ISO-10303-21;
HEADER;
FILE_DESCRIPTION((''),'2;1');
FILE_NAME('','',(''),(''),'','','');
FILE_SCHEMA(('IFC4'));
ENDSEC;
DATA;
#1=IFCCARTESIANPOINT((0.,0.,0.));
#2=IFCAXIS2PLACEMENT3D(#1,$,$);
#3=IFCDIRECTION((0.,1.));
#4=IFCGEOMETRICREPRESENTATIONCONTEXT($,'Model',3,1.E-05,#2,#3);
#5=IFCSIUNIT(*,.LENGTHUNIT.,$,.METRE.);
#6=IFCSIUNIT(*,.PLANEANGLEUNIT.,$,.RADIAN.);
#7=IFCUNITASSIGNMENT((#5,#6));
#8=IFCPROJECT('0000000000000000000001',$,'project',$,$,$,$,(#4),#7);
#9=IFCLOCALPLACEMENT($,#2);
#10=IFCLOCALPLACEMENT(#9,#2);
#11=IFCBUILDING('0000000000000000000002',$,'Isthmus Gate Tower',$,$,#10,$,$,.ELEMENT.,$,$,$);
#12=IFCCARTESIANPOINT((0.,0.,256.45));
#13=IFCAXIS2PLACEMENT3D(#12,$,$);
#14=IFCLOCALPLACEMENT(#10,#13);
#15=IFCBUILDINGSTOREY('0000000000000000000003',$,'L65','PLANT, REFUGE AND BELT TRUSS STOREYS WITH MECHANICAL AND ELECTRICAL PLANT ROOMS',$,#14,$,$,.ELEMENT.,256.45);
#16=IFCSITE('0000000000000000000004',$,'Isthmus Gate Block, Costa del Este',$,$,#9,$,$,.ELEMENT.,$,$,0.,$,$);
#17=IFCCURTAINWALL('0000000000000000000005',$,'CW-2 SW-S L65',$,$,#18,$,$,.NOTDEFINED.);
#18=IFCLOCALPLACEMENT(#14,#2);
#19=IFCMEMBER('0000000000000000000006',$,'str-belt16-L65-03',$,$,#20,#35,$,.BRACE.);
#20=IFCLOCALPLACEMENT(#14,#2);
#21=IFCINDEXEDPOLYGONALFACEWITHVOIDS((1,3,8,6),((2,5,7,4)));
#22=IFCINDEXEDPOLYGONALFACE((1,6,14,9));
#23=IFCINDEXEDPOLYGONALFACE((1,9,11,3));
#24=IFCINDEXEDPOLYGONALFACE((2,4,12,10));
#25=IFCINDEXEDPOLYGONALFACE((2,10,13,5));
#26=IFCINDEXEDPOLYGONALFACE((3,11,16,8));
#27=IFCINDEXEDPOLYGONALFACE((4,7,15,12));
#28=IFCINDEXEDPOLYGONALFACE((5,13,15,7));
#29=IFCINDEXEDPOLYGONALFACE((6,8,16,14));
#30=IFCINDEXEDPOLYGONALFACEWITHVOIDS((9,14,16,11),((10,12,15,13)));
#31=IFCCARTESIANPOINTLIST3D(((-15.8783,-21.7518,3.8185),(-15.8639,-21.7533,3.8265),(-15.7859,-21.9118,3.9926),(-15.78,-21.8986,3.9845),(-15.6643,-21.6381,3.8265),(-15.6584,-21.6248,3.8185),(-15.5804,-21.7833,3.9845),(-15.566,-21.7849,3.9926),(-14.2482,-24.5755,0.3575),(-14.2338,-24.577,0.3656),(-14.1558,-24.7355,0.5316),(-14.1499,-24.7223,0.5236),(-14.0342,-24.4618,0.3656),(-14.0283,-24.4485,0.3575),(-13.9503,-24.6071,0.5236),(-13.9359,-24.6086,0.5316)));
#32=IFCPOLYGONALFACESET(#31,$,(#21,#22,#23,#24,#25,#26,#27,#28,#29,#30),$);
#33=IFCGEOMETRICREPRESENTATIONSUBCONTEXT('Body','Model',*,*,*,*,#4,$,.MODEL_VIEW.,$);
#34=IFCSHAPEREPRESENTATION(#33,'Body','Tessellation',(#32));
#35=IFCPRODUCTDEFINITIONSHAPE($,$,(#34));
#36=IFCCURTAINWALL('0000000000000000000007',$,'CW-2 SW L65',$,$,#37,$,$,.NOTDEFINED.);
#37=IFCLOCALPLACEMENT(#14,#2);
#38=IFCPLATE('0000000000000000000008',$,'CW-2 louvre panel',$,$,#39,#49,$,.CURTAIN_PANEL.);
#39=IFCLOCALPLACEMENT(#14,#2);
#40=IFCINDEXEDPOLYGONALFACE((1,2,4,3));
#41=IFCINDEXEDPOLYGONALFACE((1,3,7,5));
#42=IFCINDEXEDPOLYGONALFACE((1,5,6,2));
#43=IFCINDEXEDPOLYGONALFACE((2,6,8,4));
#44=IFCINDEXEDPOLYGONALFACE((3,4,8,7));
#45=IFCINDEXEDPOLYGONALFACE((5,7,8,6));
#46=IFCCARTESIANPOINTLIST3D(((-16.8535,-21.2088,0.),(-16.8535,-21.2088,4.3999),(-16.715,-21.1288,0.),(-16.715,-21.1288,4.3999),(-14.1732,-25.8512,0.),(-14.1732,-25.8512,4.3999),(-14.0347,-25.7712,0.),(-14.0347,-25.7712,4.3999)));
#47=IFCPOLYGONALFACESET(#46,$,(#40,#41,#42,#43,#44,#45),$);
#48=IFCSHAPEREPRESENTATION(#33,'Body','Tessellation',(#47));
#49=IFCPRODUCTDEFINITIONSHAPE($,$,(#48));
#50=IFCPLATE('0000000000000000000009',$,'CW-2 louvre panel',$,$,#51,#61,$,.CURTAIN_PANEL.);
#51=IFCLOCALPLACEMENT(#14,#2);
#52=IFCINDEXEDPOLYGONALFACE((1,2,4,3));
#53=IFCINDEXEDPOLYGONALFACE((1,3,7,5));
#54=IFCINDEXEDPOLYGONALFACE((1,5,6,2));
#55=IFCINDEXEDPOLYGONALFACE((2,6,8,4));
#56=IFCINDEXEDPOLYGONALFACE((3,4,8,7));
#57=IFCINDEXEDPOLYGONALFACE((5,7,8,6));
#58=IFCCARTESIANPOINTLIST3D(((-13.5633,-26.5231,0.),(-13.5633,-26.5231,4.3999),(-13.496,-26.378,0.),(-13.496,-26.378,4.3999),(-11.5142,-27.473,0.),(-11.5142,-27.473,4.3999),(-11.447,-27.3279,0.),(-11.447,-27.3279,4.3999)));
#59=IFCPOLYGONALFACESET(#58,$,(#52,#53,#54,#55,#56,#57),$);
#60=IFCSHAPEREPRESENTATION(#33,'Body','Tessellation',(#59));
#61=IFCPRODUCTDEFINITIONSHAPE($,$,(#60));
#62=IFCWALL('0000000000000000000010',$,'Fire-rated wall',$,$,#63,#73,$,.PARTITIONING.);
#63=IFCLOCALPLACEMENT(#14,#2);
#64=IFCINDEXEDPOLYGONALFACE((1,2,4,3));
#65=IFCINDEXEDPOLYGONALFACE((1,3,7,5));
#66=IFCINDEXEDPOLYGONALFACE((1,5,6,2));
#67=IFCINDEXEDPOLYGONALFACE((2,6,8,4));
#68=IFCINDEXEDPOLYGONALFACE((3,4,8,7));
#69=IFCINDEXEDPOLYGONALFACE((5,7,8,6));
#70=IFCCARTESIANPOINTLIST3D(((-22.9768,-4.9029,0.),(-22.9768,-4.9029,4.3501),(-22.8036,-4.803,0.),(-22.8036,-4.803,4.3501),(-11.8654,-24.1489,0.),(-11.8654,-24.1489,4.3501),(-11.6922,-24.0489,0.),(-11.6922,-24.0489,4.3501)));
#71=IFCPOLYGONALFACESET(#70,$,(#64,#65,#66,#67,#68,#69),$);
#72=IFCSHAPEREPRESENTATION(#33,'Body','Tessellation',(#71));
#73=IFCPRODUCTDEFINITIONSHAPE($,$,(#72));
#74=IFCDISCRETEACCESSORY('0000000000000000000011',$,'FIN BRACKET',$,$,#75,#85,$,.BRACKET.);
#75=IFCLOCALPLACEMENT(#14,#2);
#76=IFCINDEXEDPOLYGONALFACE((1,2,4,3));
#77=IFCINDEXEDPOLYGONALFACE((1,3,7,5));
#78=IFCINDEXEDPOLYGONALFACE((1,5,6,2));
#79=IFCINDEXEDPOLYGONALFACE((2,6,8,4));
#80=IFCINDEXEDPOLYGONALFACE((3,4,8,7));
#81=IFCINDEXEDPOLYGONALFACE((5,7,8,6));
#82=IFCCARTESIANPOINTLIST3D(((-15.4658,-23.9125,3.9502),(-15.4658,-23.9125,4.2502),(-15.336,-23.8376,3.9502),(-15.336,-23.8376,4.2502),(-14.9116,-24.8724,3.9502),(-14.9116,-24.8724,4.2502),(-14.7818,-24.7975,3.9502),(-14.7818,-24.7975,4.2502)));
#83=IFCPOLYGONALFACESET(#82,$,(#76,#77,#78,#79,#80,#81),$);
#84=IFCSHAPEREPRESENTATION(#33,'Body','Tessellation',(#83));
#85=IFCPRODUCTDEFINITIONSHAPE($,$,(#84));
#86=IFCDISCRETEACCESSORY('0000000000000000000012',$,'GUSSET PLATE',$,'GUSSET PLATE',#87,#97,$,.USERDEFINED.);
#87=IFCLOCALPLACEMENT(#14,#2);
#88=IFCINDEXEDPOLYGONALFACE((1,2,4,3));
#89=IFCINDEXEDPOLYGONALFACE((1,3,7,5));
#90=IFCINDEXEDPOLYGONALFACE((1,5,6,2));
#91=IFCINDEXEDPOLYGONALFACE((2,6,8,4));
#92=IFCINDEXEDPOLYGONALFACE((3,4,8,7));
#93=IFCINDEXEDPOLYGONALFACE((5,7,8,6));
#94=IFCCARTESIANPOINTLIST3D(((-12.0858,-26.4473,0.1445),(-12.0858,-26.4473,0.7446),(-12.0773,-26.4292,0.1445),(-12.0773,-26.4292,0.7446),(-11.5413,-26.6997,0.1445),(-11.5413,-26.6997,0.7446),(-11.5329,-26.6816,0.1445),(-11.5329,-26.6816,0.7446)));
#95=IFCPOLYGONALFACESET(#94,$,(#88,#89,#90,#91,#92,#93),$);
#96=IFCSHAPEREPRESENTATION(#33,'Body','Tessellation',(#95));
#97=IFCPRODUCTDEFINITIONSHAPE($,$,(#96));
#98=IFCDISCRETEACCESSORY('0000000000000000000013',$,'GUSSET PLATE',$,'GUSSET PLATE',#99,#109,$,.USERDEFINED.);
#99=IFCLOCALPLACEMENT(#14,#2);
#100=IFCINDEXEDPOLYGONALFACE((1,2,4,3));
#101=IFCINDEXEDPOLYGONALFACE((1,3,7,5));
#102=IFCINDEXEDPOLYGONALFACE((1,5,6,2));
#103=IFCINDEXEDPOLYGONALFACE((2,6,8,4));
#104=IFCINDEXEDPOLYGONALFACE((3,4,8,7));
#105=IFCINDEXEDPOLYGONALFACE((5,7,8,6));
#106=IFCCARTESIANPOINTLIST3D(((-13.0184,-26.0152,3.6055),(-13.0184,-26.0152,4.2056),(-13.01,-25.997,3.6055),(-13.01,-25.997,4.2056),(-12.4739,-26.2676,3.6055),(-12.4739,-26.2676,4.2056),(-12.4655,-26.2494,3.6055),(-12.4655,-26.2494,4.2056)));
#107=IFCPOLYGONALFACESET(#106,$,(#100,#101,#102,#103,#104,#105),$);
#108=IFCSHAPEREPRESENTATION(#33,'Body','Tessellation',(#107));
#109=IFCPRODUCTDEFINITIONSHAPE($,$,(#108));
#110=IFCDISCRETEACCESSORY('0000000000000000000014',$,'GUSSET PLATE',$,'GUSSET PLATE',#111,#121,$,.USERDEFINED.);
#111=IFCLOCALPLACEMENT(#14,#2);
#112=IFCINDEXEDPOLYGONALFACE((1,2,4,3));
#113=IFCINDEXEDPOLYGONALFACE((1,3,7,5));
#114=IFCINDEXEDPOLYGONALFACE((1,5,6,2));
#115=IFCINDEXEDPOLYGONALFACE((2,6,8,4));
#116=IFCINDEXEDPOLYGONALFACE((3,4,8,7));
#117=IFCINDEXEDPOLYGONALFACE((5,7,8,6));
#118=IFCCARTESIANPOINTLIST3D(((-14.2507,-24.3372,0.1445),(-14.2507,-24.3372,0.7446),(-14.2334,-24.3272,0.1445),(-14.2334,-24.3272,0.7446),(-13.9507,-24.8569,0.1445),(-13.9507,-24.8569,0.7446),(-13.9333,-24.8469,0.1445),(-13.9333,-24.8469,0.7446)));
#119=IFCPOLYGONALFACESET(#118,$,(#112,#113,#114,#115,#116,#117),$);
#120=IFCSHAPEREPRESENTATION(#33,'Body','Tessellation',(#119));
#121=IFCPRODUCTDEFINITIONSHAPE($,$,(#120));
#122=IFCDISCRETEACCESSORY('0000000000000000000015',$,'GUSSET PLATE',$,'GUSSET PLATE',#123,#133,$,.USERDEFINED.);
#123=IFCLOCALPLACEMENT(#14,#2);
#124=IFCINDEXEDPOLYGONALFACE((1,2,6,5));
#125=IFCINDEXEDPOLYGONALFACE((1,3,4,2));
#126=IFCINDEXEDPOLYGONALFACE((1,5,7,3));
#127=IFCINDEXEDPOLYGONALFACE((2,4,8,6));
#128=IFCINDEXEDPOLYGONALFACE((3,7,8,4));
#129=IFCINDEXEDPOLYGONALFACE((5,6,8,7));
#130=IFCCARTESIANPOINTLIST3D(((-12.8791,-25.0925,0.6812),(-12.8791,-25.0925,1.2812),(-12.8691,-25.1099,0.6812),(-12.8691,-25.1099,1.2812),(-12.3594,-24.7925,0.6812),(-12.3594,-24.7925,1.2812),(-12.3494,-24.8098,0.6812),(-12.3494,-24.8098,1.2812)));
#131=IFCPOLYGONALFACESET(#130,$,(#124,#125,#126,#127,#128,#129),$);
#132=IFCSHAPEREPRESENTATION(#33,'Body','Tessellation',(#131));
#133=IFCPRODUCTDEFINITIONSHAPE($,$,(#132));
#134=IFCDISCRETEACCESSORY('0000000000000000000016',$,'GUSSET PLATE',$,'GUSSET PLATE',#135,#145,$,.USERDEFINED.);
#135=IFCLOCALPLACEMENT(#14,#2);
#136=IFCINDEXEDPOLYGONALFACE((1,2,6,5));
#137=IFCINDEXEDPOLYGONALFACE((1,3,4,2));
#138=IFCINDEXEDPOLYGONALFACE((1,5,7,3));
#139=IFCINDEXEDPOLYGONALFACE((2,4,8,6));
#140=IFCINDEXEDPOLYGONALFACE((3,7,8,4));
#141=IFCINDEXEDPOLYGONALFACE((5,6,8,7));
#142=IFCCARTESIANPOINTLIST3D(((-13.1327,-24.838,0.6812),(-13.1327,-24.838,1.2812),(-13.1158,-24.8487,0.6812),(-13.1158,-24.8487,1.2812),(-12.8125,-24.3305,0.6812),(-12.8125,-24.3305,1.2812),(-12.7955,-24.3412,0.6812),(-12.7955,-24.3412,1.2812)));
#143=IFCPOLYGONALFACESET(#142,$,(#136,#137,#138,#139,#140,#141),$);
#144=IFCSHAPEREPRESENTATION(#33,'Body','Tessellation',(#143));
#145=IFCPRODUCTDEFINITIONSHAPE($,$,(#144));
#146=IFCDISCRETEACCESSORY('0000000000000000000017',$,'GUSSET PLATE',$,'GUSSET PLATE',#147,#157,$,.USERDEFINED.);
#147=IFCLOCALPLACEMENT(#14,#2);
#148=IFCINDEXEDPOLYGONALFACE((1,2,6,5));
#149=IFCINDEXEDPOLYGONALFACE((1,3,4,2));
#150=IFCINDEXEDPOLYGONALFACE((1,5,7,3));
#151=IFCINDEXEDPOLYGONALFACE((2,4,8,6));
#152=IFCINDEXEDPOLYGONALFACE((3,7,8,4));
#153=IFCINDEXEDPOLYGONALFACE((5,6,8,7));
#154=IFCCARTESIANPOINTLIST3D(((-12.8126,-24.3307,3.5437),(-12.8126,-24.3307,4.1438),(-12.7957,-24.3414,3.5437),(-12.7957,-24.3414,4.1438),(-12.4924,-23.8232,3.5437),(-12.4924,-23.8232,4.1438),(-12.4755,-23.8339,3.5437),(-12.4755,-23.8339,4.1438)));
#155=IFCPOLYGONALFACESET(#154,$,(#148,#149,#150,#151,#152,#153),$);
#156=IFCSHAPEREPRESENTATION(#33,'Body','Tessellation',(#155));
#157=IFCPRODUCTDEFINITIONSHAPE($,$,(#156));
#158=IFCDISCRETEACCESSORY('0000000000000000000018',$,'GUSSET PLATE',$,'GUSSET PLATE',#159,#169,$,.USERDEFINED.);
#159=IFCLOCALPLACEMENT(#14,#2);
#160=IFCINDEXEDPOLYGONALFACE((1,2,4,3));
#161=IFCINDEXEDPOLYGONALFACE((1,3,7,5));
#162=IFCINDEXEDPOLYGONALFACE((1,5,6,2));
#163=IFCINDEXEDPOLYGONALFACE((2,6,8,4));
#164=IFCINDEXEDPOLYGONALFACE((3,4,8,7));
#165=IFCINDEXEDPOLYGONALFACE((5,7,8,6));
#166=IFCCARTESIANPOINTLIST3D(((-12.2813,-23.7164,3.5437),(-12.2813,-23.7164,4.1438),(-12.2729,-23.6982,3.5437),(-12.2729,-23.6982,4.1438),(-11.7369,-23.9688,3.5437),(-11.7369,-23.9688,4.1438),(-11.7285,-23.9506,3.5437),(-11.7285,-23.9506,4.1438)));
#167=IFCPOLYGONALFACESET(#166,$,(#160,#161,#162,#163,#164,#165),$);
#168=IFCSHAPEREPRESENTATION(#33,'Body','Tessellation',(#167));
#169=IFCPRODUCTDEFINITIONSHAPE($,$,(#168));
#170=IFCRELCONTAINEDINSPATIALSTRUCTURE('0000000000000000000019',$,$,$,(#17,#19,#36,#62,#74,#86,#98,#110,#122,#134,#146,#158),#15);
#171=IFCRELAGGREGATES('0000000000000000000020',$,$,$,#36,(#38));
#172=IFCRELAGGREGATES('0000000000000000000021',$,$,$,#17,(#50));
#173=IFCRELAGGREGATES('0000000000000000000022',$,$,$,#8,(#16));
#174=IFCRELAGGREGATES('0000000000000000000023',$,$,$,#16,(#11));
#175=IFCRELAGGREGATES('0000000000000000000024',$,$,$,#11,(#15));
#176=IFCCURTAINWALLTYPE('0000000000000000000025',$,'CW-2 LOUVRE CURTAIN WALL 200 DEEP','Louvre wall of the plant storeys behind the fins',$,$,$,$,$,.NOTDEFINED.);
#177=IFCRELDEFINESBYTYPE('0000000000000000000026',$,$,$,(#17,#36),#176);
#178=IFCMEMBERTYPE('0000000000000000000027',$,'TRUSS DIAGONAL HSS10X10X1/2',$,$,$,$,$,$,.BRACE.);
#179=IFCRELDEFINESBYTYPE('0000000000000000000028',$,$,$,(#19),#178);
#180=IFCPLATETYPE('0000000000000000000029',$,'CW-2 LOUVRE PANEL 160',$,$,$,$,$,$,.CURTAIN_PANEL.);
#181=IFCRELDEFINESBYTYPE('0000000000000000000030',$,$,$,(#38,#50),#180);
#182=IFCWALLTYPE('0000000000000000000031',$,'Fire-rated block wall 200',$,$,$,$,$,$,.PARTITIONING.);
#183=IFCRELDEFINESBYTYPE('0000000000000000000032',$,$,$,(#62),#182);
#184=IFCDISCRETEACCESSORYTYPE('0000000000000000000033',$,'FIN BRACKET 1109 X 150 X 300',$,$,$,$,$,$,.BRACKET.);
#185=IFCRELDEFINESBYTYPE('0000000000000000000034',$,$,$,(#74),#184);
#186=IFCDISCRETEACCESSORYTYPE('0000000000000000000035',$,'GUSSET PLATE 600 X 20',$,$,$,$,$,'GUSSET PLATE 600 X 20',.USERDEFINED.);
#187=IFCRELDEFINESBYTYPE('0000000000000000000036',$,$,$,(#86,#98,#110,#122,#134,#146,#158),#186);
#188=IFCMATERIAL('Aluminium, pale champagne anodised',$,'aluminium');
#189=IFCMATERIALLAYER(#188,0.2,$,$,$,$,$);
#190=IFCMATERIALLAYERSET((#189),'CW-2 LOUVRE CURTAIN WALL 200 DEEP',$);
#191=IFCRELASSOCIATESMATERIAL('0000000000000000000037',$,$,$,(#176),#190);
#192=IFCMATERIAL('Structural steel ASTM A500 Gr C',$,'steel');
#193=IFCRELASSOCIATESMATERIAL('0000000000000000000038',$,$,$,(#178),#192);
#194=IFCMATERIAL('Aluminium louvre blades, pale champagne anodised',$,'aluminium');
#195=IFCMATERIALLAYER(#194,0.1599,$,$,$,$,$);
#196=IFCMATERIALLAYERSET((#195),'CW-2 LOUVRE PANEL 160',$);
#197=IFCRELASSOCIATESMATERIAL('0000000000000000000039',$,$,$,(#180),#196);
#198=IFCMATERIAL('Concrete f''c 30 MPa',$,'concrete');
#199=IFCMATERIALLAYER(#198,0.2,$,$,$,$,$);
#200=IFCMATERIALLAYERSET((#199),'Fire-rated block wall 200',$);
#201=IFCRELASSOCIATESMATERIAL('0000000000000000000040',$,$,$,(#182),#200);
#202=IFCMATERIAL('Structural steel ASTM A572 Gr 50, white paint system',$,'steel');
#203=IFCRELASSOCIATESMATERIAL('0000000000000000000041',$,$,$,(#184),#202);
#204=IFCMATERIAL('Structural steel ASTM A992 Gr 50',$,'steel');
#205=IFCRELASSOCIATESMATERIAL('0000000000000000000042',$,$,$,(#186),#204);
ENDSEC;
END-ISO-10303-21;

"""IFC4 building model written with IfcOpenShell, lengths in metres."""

from ifc_helpers import new_model, si_unit, direction, frame, frame_2d, origin, origin_2d, place, context, subcontext, project, spatial, rectangle, hollow_rectangle, extrude, material, layer, layer_set, material_profile, profile_set, type_object, element, aggregate, save


model = new_model("IFC4")

# Units and contexts
model_context = context("Model", 3, precision=1e-05, world=origin(), true_north=direction((0.0, 1.0)))
body_context = subcontext(model_context, "Body", "Model", "MODEL_VIEW")
ifc_project = project(units=[si_unit("LENGTHUNIT", "METRE"), si_unit("PLANEANGLEUNIT", "RADIAN")], contexts=[model_context])

# Site, building, storey
site_placement = place(None, origin())
site = spatial("IfcSite", under=ifc_project, at=site_placement, Name="Isthmus Gate Block, Costa del Este", CompositionType="ELEMENT", RefElevation=0.0)
building_placement = place(site_placement, origin())
building = spatial("IfcBuilding", under=site, at=building_placement, Name="Isthmus Gate Tower", CompositionType="ELEMENT")
storey_placement = place(building_placement, frame((0.0, 0.0, 256.45)))
storey = spatial("IfcBuildingStorey", under=building, at=storey_placement, Name="L65", Description="PLANT, REFUGE AND BELT TRUSS STOREYS WITH MECHANICAL AND ELECTRICAL PLANT ROOMS", CompositionType="ELEMENT", Elevation=256.45)

# Curtain wall
ifc_material_1 = material(Name="Aluminium, pale champagne anodised", Category="aluminium")
ifc_layer_1 = layer(ifc_material_1, 0.2)
ifc_layer_set_1 = layer_set([ifc_layer_1], Name="CW-2 LOUVRE CURTAIN WALL 200 DEEP")
curtain_wall_type = type_object("IfcCurtainWallType", Name="CW-2 LOUVRE CURTAIN WALL 200 DEEP", Description="Louvre wall of the plant storeys behind the fins", PredefinedType="NOTDEFINED", material=ifc_layer_set_1)
curtain_wall_1_placement = place(storey_placement, origin())
curtain_wall_1 = element("IfcCurtainWall", 1, at=curtain_wall_1_placement, inside=storey, type_object=curtain_wall_type, Name="CW-2 SW-S L65", PredefinedType="NOTDEFINED")

# Member
ifc_material_2 = material(Name="Structural steel ASTM A500 Gr C", Category="steel")
ifc_material_profile_1 = material_profile(ifc_material_2, hollow_rectangle(XDim=0.2539, YDim=0.2539, WallThickness=0.0117, at=origin_2d()), Name="HSS10X10X1/2")
ifc_profile_set_1 = profile_set([ifc_material_profile_1], Name="Structural steel ASTM A500 Gr C")
member_type_1 = type_object("IfcMemberType", Name="TRUSS DIAGONAL HSS10X10X1/2", PredefinedType="BRACE", material=ifc_profile_set_1)
member_1_placement = place(storey_placement, frame((-14.092, -24.592, 0.4446), z_axis=(-0.342833, 0.59386, 0.727871), x_axis=(-0.866046, -0.499964, 0.0)))
element("IfcMember", 2, at=member_1_placement, inside=storey, type_object=member_type_1, Name="str-belt16-L65-03", PredefinedType="BRACE", context=body_context, shape_type="SweptSolid", body=[
    extrude(hollow_rectangle(XDim=0.2539, YDim=0.2539, WallThickness=0.0117, at=origin_2d()), origin(), (0.0, 0.0, 1.0), 4.7549),
])

# Curtain wall, plate
curtain_wall_2_placement = place(storey_placement, origin())
curtain_wall_2 = element("IfcCurtainWall", 3, at=curtain_wall_2_placement, inside=storey, type_object=curtain_wall_type, Name="CW-2 SW L65", PredefinedType="NOTDEFINED")
ifc_material_3 = material(Name="Aluminium louvre blades, pale champagne anodised", Category="aluminium")
ifc_layer_2 = layer(ifc_material_3, 0.1599)
ifc_layer_set_2 = layer_set([ifc_layer_2], Name="CW-2 LOUVRE PANEL 160")
plate_type = type_object("IfcPlateType", Name="CW-2 LOUVRE PANEL 160", PredefinedType="CURTAIN_PANEL", material=ifc_layer_set_2)
plate_1_placement = place(storey_placement, frame((-15.4441, -23.49, 0.0), z_axis=(0.0, 0.0, 1.0), x_axis=(0.5, -0.866025, 0.0)))
plate_1 = element("IfcPlate", 4, at=plate_1_placement, type_object=plate_type, Name="CW-2 louvre panel", PredefinedType="CURTAIN_PANEL", context=body_context, shape_type="SweptSolid", body=[
    extrude(rectangle(XDim=5.3606, YDim=0.1599, at=origin_2d()), origin(), (0.0, 0.0, 1.0), 4.3999),
])
aggregate(curtain_wall_2, [plate_1])

# Plate
plate_2_placement = place(storey_placement, frame((-12.5051, -26.9255, 0.0), z_axis=(0.0, 0.0, 1.0), x_axis=(0.907256, -0.420578, 0.0)))
plate_2 = element("IfcPlate", 5, at=plate_2_placement, type_object=plate_type, Name="CW-2 louvre panel", PredefinedType="CURTAIN_PANEL", context=body_context, shape_type="SweptSolid", body=[
    extrude(rectangle(XDim=2.2585, YDim=0.1599, at=origin_2d()), origin(), (0.0, 0.0, 1.0), 4.3999),
])
aggregate(curtain_wall_1, [plate_2])

# Wall
ifc_material_4 = material(Name="Concrete f'c 30 MPa", Category="concrete")
ifc_layer_3 = layer(ifc_material_4, 0.2)
ifc_layer_set_3 = layer_set([ifc_layer_3], Name="Fire-rated block wall 200")
wall_type = type_object("IfcWallType", Name="Fire-rated block wall 200", PredefinedType="PARTITIONING", material=ifc_layer_set_3)
wall_placement = place(storey_placement, frame((-11.7788, -24.0989, 0.0), z_axis=(0.0, 0.0, 1.0), x_axis=(-0.499991, 0.866031, 0.0)))
element("IfcWall", 6, at=wall_placement, inside=storey, type_object=wall_type, Name="Fire-rated wall", PredefinedType="PARTITIONING", context=body_context, shape_type="SweptSolid", body=[
    extrude(rectangle(XDim=22.2231, YDim=0.2, at=frame_2d((11.1116, 0.0))), origin(), (0.0, 0.0, 1.0), 4.3501),
])

# Discrete accessories
ifc_material_5 = material(Name="Structural steel ASTM A572 Gr 50, white paint system", Category="steel")
discrete_accessory_type_1 = type_object("IfcDiscreteAccessoryType", Name="FIN BRACKET 1109 X 150 X 300", PredefinedType="BRACKET", material=ifc_material_5)
discrete_accessory_placement = place(storey_placement, frame((-15.1238, -24.355, 3.9502), z_axis=(0.0, 0.0, 1.0), x_axis=(-0.866025, -0.5, 0.0)))
element("IfcDiscreteAccessory", 7, at=discrete_accessory_placement, inside=storey, type_object=discrete_accessory_type_1, Name="FIN BRACKET", PredefinedType="BRACKET", context=body_context, shape_type="SweptSolid", body=[
    extrude(rectangle(XDim=0.1499, YDim=1.1084, at=origin_2d()), origin(), (0.0, 0.0, 1.0), 0.3),
])
ifc_material_6 = material(Name="Structural steel ASTM A992 Gr 50", Category="steel")
discrete_accessory_type_2 = type_object("IfcDiscreteAccessoryType", Name="GUSSET PLATE 600 X 20", ElementType="GUSSET PLATE 600 X 20", PredefinedType="USERDEFINED", material=ifc_material_6)
for number, where, z_axis, x_axis, name in (
    (8, (-11.8093, -26.5645, 0.1445), (0.0, 0.0, 1.0), (-0.907256, 0.420578, 0.0), "GUSSET PLATE"),
    (9, (-12.7419, -26.1323, 3.6055), (0.0, 0.0, 1.0), (-0.907256, 0.420578, 0.0), "GUSSET PLATE"),
    (10, (-14.092, -24.592, 0.1445), (0.0, 0.0, 1.0), (-0.5, 0.866025, 0.0), "GUSSET PLATE"),
    (11, (-12.6143, -24.9512, 0.6812), (0.0, 0.0, 1.0), (0.866025, 0.5, 0.0), "GUSSET PLATE"),
    (12, (-12.9641, -24.5896, 0.6812), (0.0, 0.0, 1.0), (0.533638, 0.845713, 0.0), "GUSSET PLATE"),
    (13, (-12.644, -24.0823, 3.5437), (0.0, 0.0, 1.0), (0.533638, 0.845713, 0.0), "GUSSET PLATE"),
    (14, (-12.0049, -23.8335, 3.5437), (0.0, 0.0, 1.0), (-0.907256, 0.420578, 0.0), "GUSSET PLATE"),
):
    element("IfcDiscreteAccessory", number, at=place(storey_placement, frame(where, z_axis=z_axis, x_axis=x_axis)), inside=storey, type_object=discrete_accessory_type_2, Name=name, ObjectType="GUSSET PLATE", PredefinedType="USERDEFINED", context=body_context, shape_type="SweptSolid", body=[
        extrude(rectangle(XDim=0.6001, YDim=0.02, at=origin_2d()), origin(), (0.0, 0.0, 1.0), 0.6001),
    ])

save(model, "model.ifc")
